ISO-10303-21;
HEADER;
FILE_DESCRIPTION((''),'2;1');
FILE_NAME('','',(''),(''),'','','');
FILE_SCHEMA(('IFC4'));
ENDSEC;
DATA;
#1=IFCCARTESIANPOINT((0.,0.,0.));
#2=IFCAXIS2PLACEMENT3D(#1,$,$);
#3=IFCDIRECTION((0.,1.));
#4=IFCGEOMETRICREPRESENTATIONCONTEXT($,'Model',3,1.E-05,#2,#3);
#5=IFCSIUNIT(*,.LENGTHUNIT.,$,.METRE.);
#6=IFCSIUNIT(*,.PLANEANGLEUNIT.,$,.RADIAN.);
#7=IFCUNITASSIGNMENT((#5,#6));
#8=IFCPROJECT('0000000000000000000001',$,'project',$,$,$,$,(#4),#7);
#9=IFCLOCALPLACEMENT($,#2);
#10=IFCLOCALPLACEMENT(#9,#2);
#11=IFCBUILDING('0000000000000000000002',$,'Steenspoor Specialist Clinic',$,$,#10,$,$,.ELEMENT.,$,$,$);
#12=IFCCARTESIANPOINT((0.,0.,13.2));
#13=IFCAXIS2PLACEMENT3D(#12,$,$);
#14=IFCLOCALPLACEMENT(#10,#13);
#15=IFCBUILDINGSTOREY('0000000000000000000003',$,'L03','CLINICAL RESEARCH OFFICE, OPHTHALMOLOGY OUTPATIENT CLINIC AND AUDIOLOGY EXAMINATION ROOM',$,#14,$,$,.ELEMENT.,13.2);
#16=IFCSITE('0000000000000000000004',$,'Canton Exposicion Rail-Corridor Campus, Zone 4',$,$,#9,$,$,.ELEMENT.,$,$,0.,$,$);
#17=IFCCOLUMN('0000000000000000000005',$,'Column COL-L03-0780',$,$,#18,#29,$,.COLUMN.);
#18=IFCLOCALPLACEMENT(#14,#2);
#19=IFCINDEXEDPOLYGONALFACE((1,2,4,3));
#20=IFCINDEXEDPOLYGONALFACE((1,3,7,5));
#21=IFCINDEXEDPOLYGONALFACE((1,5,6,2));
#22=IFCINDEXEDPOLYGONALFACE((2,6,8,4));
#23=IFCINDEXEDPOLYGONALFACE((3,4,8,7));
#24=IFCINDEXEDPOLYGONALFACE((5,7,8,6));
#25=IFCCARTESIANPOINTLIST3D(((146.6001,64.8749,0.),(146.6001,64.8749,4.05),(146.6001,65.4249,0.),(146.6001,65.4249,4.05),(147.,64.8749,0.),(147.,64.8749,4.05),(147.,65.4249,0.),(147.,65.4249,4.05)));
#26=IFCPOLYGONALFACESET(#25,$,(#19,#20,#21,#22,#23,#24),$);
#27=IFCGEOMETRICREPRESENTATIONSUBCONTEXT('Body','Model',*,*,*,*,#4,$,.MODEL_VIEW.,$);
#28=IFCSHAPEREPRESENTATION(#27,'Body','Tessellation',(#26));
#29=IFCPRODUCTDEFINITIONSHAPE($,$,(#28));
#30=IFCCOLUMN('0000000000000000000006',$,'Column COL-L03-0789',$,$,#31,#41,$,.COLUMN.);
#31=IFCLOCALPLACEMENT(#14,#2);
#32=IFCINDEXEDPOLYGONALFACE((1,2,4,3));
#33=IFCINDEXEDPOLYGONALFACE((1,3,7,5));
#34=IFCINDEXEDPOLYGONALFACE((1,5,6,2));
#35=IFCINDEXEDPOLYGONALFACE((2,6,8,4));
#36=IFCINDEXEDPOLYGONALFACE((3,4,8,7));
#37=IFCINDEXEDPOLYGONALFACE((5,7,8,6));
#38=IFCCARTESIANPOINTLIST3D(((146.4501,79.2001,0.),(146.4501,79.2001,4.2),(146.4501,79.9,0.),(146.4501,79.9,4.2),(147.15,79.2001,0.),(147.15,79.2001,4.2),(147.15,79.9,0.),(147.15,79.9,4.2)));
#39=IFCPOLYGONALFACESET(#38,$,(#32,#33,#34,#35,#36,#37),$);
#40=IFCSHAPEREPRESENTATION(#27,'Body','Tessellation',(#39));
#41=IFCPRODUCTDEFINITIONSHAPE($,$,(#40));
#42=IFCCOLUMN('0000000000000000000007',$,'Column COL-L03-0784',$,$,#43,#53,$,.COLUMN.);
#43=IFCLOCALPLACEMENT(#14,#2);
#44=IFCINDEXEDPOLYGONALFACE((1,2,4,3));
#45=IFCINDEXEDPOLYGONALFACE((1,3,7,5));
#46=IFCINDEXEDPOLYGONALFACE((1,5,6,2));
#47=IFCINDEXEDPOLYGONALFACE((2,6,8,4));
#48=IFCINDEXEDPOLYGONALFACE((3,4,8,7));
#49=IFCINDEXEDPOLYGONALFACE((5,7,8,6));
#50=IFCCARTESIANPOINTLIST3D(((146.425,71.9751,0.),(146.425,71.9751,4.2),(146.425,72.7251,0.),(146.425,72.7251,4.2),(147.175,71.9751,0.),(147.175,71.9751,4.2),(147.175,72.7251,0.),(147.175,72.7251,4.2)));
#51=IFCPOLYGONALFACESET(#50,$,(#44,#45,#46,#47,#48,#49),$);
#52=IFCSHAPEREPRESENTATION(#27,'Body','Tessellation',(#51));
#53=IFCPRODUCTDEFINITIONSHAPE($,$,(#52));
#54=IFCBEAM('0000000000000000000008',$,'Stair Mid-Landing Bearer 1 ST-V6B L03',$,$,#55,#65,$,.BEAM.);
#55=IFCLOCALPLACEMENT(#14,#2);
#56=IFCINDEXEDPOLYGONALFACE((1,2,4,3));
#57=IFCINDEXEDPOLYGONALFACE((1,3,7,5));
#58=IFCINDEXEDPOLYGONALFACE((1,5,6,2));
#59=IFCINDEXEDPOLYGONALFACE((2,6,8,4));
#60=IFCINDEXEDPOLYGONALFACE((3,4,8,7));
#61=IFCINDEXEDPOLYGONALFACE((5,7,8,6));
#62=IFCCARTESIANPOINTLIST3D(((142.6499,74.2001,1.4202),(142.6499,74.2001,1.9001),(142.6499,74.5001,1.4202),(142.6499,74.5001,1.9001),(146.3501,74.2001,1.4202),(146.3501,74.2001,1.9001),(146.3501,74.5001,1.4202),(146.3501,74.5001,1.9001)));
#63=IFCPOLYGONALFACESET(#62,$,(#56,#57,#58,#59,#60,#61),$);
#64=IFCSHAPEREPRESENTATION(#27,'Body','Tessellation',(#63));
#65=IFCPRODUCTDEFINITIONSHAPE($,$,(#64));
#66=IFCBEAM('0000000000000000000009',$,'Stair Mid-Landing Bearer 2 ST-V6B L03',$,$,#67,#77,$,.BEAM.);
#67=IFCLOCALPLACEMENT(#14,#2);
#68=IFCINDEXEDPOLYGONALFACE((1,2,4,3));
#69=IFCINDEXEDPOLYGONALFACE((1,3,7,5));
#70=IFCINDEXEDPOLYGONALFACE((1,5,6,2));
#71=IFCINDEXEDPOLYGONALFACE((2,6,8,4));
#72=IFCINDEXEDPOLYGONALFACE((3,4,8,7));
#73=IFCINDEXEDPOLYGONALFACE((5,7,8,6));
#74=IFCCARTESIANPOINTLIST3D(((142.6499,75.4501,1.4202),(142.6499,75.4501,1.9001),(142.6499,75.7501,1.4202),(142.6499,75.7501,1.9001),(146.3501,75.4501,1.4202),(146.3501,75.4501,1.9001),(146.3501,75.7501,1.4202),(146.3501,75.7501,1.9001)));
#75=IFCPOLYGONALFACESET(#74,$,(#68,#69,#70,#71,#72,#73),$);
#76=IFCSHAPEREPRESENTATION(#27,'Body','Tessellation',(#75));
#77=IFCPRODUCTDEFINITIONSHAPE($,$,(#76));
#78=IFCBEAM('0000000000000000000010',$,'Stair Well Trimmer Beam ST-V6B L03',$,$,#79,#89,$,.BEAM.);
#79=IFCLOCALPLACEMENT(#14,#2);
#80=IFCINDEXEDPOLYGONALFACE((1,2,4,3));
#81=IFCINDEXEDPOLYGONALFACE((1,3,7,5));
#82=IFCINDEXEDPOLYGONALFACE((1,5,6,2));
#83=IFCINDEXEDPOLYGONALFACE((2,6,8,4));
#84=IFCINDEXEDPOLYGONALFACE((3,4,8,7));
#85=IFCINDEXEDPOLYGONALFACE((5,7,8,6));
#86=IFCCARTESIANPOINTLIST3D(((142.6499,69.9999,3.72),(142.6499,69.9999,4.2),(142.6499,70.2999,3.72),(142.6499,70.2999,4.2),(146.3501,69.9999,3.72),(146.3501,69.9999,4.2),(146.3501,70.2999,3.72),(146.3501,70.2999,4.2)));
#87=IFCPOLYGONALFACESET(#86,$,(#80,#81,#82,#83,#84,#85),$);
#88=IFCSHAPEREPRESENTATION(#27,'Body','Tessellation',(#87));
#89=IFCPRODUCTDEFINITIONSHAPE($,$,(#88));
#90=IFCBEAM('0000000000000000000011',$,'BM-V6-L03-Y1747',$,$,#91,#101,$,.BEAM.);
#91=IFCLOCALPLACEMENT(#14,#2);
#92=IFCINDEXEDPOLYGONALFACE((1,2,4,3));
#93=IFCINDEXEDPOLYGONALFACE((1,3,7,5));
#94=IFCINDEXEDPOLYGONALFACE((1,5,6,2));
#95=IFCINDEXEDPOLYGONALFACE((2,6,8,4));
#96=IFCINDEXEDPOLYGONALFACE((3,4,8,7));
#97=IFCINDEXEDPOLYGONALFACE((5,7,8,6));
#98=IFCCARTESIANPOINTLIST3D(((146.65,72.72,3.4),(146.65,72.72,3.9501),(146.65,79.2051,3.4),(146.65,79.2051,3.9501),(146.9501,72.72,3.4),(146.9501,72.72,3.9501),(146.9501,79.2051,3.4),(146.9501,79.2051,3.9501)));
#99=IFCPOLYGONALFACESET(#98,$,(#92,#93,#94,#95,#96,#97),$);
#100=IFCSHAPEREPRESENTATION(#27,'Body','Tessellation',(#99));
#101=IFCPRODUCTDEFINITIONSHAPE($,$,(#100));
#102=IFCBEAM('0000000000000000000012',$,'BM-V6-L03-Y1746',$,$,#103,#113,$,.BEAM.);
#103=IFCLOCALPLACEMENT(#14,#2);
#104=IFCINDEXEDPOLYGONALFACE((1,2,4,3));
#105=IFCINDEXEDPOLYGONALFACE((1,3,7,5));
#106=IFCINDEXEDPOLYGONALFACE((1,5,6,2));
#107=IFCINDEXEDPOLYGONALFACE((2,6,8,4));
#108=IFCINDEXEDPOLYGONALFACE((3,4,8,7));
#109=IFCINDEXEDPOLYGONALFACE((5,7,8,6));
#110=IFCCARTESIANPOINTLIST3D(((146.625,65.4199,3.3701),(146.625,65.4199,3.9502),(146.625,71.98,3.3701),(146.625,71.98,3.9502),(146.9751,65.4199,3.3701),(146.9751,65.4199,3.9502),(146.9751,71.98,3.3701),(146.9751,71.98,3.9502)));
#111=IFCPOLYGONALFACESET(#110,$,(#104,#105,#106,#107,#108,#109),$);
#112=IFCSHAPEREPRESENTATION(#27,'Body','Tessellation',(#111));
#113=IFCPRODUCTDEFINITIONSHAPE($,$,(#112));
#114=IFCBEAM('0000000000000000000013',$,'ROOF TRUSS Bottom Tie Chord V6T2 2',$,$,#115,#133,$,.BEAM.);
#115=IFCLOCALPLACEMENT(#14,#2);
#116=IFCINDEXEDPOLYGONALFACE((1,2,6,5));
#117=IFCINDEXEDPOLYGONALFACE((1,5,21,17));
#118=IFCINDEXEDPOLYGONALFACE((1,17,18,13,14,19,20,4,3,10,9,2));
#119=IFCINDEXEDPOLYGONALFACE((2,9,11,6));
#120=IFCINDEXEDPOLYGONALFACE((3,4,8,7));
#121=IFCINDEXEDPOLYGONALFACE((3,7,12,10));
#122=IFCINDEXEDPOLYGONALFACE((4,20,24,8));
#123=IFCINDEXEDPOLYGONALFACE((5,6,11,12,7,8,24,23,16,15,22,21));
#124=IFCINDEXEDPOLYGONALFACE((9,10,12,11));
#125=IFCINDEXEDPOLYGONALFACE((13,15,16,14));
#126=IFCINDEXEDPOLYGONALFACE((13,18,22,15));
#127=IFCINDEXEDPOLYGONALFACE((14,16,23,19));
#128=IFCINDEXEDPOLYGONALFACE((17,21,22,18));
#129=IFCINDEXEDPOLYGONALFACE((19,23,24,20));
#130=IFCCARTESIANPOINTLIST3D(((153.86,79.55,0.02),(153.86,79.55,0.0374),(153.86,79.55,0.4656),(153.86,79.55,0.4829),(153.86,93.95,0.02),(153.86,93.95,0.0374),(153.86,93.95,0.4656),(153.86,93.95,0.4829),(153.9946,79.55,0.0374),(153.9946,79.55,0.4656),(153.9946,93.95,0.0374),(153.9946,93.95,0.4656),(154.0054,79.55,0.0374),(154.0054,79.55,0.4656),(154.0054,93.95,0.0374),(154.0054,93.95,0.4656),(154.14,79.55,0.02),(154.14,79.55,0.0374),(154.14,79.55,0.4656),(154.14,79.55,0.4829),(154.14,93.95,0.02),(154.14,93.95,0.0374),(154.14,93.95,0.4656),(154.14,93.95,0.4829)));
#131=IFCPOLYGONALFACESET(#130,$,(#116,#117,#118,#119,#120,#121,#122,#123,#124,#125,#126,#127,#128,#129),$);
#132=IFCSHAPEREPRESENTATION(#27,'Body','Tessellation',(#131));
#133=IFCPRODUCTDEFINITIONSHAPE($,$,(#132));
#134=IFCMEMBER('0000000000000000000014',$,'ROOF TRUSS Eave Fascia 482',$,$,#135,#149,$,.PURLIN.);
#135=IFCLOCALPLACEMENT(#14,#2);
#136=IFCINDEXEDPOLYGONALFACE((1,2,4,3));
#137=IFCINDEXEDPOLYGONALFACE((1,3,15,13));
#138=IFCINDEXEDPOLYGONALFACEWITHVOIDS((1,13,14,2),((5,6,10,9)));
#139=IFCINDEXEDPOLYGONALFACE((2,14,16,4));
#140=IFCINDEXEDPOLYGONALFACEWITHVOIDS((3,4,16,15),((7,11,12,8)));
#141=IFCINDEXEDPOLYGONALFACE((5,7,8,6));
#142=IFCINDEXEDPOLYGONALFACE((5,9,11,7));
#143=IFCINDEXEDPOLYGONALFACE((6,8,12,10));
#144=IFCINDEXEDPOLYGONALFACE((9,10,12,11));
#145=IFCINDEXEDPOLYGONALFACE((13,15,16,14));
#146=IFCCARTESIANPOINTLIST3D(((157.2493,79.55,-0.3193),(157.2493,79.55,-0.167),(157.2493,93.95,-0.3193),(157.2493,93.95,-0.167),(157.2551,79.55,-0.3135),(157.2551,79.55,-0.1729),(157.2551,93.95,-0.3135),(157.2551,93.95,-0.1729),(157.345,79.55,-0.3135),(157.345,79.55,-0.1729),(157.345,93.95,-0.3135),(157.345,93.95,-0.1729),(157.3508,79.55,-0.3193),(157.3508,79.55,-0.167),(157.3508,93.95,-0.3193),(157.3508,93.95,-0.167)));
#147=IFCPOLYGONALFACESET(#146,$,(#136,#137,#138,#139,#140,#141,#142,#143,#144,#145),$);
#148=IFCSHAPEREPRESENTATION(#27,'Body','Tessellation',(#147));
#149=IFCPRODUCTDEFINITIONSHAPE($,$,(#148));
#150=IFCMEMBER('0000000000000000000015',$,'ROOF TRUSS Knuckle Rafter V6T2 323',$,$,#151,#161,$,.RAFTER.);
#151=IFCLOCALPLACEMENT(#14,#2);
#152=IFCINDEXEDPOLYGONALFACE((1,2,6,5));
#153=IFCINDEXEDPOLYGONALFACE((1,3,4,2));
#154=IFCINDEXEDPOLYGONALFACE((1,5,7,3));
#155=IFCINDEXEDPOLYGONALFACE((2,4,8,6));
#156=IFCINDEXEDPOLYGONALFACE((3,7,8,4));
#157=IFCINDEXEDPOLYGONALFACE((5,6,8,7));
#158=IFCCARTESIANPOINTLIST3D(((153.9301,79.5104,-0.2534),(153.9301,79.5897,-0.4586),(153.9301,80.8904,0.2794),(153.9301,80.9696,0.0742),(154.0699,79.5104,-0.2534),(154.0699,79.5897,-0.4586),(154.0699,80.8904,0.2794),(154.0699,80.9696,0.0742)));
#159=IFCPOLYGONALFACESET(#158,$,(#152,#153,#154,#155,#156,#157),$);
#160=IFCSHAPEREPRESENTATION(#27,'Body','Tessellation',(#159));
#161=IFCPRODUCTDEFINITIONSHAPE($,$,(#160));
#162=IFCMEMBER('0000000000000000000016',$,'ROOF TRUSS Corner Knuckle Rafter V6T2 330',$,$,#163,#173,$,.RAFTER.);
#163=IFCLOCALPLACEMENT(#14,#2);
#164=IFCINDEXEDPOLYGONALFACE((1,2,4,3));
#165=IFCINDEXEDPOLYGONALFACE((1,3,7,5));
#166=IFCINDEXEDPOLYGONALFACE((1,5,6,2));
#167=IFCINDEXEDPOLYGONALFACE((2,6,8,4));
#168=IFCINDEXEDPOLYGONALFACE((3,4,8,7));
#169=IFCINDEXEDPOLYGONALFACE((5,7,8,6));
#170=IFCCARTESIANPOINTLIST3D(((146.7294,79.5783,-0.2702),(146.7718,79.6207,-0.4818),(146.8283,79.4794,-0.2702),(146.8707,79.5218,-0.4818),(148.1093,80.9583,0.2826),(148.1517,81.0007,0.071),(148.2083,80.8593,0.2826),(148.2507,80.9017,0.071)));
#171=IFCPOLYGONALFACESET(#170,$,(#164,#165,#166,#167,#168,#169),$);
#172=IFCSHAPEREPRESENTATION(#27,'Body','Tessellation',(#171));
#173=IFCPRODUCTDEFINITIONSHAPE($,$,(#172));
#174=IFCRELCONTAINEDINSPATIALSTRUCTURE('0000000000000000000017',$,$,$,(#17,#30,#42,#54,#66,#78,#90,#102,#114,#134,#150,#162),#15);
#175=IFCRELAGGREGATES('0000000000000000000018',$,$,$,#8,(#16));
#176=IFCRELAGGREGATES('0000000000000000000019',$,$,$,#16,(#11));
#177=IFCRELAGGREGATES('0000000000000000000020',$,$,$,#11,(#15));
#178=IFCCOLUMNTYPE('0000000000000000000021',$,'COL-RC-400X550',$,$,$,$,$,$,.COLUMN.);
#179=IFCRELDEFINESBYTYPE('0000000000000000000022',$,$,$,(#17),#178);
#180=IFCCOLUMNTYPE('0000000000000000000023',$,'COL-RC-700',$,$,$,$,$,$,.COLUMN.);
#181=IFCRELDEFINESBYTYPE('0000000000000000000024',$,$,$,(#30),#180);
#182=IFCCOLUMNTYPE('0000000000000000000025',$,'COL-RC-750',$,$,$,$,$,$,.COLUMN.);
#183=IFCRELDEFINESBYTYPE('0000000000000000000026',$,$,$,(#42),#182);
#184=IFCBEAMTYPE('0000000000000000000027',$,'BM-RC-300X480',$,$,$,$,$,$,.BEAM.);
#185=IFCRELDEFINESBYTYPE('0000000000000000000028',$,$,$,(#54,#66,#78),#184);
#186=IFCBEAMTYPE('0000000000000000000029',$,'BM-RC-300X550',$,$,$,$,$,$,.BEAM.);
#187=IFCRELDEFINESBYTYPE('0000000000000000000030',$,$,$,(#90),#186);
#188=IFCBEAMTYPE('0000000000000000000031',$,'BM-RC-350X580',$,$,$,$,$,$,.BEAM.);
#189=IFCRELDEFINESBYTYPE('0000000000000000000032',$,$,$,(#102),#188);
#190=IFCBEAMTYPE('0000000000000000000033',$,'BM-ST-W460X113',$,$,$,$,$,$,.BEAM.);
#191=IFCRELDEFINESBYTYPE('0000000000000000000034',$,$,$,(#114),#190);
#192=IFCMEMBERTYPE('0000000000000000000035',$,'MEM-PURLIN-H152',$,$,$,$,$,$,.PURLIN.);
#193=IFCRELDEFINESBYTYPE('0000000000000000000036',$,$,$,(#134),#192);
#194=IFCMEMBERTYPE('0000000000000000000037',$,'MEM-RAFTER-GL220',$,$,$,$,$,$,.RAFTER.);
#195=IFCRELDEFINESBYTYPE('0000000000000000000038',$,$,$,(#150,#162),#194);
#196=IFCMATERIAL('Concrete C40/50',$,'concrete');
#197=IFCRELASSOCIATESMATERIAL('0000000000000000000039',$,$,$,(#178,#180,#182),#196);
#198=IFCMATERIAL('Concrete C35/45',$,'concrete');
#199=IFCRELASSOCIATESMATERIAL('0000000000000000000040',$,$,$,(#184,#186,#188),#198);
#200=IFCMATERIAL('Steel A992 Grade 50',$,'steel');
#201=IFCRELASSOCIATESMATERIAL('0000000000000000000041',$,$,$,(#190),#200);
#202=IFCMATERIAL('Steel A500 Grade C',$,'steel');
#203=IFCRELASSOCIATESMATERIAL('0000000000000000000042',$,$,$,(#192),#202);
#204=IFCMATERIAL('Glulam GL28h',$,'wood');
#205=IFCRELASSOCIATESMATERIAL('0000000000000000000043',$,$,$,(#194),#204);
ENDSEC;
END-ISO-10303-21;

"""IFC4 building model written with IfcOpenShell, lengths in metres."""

from ifc_helpers import new_model, si_unit, direction, frame, origin, origin_2d, place, context, subcontext, project, spatial, rectangle, hollow_rectangle, i_section, extrude, material, material_profile, profile_set, type_object, element, save


model = new_model("IFC4")

# Units and contexts
model_context = context("Model", 3, precision=1e-05, world=origin(), true_north=direction((0.0, 1.0)))
body_context = subcontext(model_context, "Body", "Model", "MODEL_VIEW")
ifc_project = project(units=[si_unit("LENGTHUNIT", "METRE"), si_unit("PLANEANGLEUNIT", "RADIAN")], contexts=[model_context])

# Site, building, storey
site_placement = place(None, origin())
site = spatial("IfcSite", under=ifc_project, at=site_placement, Name="Canton Exposicion Rail-Corridor Campus, Zone 4", CompositionType="ELEMENT", RefElevation=0.0)
building_placement = place(site_placement, origin())
building = spatial("IfcBuilding", under=site, at=building_placement, Name="Steenspoor Specialist Clinic", CompositionType="ELEMENT")
storey_placement = place(building_placement, frame((0.0, 0.0, 13.2)))
storey = spatial("IfcBuildingStorey", under=building, at=storey_placement, Name="L03", Description="CLINICAL RESEARCH OFFICE, OPHTHALMOLOGY OUTPATIENT CLINIC AND AUDIOLOGY EXAMINATION ROOM", CompositionType="ELEMENT", Elevation=13.2)

# Columns
ifc_material_1 = material(Name="Concrete C40/50", Category="concrete")
ifc_material_profile_1 = material_profile(ifc_material_1, rectangle(XDim=0.3999, YDim=0.55, at=origin_2d()), Name="RC-COL-400X550")
ifc_profile_set_1 = profile_set([ifc_material_profile_1], Name="Concrete C40/50")
column_type_1 = type_object("IfcColumnType", Name="COL-RC-400X550", PredefinedType="COLUMN", material=ifc_profile_set_1)
column_1_placement = place(storey_placement, frame((146.8, 65.1499, 0.0), z_axis=(0.0, 0.0, 1.0), x_axis=(1.0, 0.0, 0.0)))
element("IfcColumn", 1, at=column_1_placement, inside=storey, type_object=column_type_1, Name="Column COL-L03-0780", PredefinedType="COLUMN", context=body_context, shape_type="SweptSolid", body=[
    extrude(rectangle(XDim=0.3999, YDim=0.55, at=origin_2d()), origin(), (0.0, 0.0, 1.0), 4.05),
])
ifc_material_profile_2 = material_profile(ifc_material_1, rectangle(XDim=0.7, YDim=0.7, at=origin_2d()), Name="RC-COL-700X700")
ifc_profile_set_2 = profile_set([ifc_material_profile_2], Name="Concrete C40/50")
column_type_2 = type_object("IfcColumnType", Name="COL-RC-700", PredefinedType="COLUMN", material=ifc_profile_set_2)
column_2_placement = place(storey_placement, frame((146.8, 79.55, 0.0), z_axis=(0.0, 0.0, 1.0), x_axis=(1.0, 0.0, 0.0)))
element("IfcColumn", 2, at=column_2_placement, inside=storey, type_object=column_type_2, Name="Column COL-L03-0789", PredefinedType="COLUMN", context=body_context, shape_type="SweptSolid", body=[
    extrude(rectangle(XDim=0.7, YDim=0.7, at=origin_2d()), origin(), (0.0, 0.0, 1.0), 4.2),
])
ifc_material_profile_3 = material_profile(ifc_material_1, rectangle(XDim=0.75, YDim=0.75, at=origin_2d()), Name="RC-COL-750X750")
ifc_profile_set_3 = profile_set([ifc_material_profile_3], Name="Concrete C40/50")
column_type_3 = type_object("IfcColumnType", Name="COL-RC-750", PredefinedType="COLUMN", material=ifc_profile_set_3)
column_3_placement = place(storey_placement, frame((146.8, 72.3501, 0.0), z_axis=(0.0, 0.0, 1.0), x_axis=(1.0, 0.0, 0.0)))
element("IfcColumn", 3, at=column_3_placement, inside=storey, type_object=column_type_3, Name="Column COL-L03-0784", PredefinedType="COLUMN", context=body_context, shape_type="SweptSolid", body=[
    extrude(rectangle(XDim=0.75, YDim=0.75, at=origin_2d()), origin(), (0.0, 0.0, 1.0), 4.2),
])

# Beams
ifc_material_2 = material(Name="Concrete C35/45", Category="concrete")
ifc_material_profile_4 = material_profile(ifc_material_2, rectangle(XDim=0.3, YDim=0.48, at=origin_2d()), Name="RC-BM-300X480")
ifc_profile_set_4 = profile_set([ifc_material_profile_4], Name="Concrete C35/45")
beam_type_1 = type_object("IfcBeamType", Name="BM-RC-300X480", PredefinedType="BEAM", material=ifc_profile_set_4)
for number, where, z_axis, x_axis, name in (
    (4, (142.6499, 74.3501, 1.6602), (1.0, 0.0, 0.0), (0.0, 1.0, 0.0), "Stair Mid-Landing Bearer 1 ST-V6B L03"),
    (5, (142.6499, 75.6001, 1.6602), (1.0, 0.0, 0.0), (0.0, 1.0, 0.0), "Stair Mid-Landing Bearer 2 ST-V6B L03"),
    (6, (142.6499, 70.1499, 3.96), (1.0, 0.0, 0.0), (0.0, 1.0, 0.0), "Stair Well Trimmer Beam ST-V6B L03"),
):
    element("IfcBeam", number, at=place(storey_placement, frame(where, z_axis=z_axis, x_axis=x_axis)), inside=storey, type_object=beam_type_1, Name=name, PredefinedType="BEAM", context=body_context, shape_type="SweptSolid", body=[
        extrude(rectangle(XDim=0.3, YDim=0.48, at=origin_2d()), origin(), (0.0, 0.0, 1.0), 3.7002),
    ])
ifc_material_profile_5 = material_profile(ifc_material_2, rectangle(XDim=0.3, YDim=0.55, at=origin_2d()), Name="RC-BM-300X550")
ifc_profile_set_5 = profile_set([ifc_material_profile_5], Name="Concrete C35/45")
beam_type_2 = type_object("IfcBeamType", Name="BM-RC-300X550", PredefinedType="BEAM", material=ifc_profile_set_5)
beam_1_placement = place(storey_placement, frame((146.8, 72.72, 3.675), z_axis=(0.0, 1.0, 0.0), x_axis=(-1.0, 0.0, 0.0)))
element("IfcBeam", 7, at=beam_1_placement, inside=storey, type_object=beam_type_2, Name="BM-V6-L03-Y1747", PredefinedType="BEAM", context=body_context, shape_type="SweptSolid", body=[
    extrude(rectangle(XDim=0.3, YDim=0.55, at=origin_2d()), origin(), (0.0, 0.0, 1.0), 6.4851),
])
ifc_material_profile_6 = material_profile(ifc_material_2, rectangle(XDim=0.3501, YDim=0.5801, at=origin_2d()), Name="RC-BM-350X580")
ifc_profile_set_6 = profile_set([ifc_material_profile_6], Name="Concrete C35/45")
beam_type_3 = type_object("IfcBeamType", Name="BM-RC-350X580", PredefinedType="BEAM", material=ifc_profile_set_6)
beam_2_placement = place(storey_placement, frame((146.8, 65.4199, 3.6602), z_axis=(0.0, 1.0, 0.0), x_axis=(-1.0, 0.0, 0.0)))
element("IfcBeam", 8, at=beam_2_placement, inside=storey, type_object=beam_type_3, Name="BM-V6-L03-Y1746", PredefinedType="BEAM", context=body_context, shape_type="SweptSolid", body=[
    extrude(rectangle(XDim=0.3501, YDim=0.5801, at=origin_2d()), origin(), (0.0, 0.0, 1.0), 6.5601),
])
ifc_material_3 = material(Name="Steel A992 Grade 50", Category="steel")
ifc_material_profile_7 = material_profile(ifc_material_3, i_section(OverallWidth=0.28, OverallDepth=0.4629, WebThickness=0.0107, FlangeThickness=0.0173, at=origin_2d()), Name="W460X113")
ifc_profile_set_7 = profile_set([ifc_material_profile_7], Name="Steel A992 Grade 50")
beam_type_4 = type_object("IfcBeamType", Name="BM-ST-W460X113", PredefinedType="BEAM", material=ifc_profile_set_7)
beam_3_placement = place(storey_placement, frame((154.0, 79.55, 0.2515), z_axis=(0.0, 1.0, 0.0), x_axis=(-1.0, 0.0, 0.0)))
element("IfcBeam", 9, at=beam_3_placement, inside=storey, type_object=beam_type_4, Name="ROOF TRUSS Bottom Tie Chord V6T2 2", PredefinedType="BEAM", context=body_context, shape_type="SweptSolid", body=[
    extrude(i_section(OverallWidth=0.28, OverallDepth=0.4629, WebThickness=0.0107, FlangeThickness=0.0173, at=origin_2d()), origin(), (0.0, 0.0, 1.0), 14.3999),
])

# Members
ifc_material_4 = material(Name="Steel A500 Grade C", Category="steel")
ifc_material_profile_8 = material_profile(ifc_material_4, hollow_rectangle(XDim=0.1016, YDim=0.1523, WallThickness=0.0059, at=origin_2d()), Name="HSS152X102X6.4")
ifc_profile_set_8 = profile_set([ifc_material_profile_8], Name="Steel A500 Grade C")
member_type_1 = type_object("IfcMemberType", Name="MEM-PURLIN-H152", PredefinedType="PURLIN", material=ifc_profile_set_8)
member_1_placement = place(storey_placement, frame((157.3, 79.55, -0.2432), z_axis=(0.0, 1.0, 0.0), x_axis=(-1.0, 0.0, 0.0)))
element("IfcMember", 10, at=member_1_placement, inside=storey, type_object=member_type_1, Name="ROOF TRUSS Eave Fascia 482", PredefinedType="PURLIN", context=body_context, shape_type="SweptSolid", body=[
    extrude(hollow_rectangle(XDim=0.1016, YDim=0.1523, WallThickness=0.0059, at=origin_2d()), origin(), (0.0, 0.0, 1.0), 14.3999),
])
ifc_material_5 = material(Name="Glulam GL28h", Category="wood")
ifc_material_profile_9 = material_profile(ifc_material_5, rectangle(XDim=0.1399, YDim=0.22, at=origin_2d()), Name="GL28H-140X220")
ifc_profile_set_9 = profile_set([ifc_material_profile_9], Name="Glulam GL28h")
member_type_2 = type_object("IfcMemberType", Name="MEM-RAFTER-GL220", PredefinedType="RAFTER", material=ifc_profile_set_9)
member_2_placement = place(storey_placement, frame((154.0, 79.55, -0.356), z_axis=(0.0, 0.932894, 0.360151), x_axis=(-1.0, 0.0, 0.0)))
element("IfcMember", 11, at=member_2_placement, inside=storey, type_object=member_type_2, Name="ROOF TRUSS Knuckle Rafter V6T2 323", PredefinedType="RAFTER", context=body_context, shape_type="SweptSolid", body=[
    extrude(rectangle(XDim=0.1399, YDim=0.22, at=origin_2d()), origin(), (0.0, 0.0, 1.0), 1.4792),
])
member_3_placement = place(storey_placement, frame((146.8, 79.55, -0.376), z_axis=(0.680342, 0.680342, 0.272522), x_axis=(-0.707107, 0.707107, 0.0)))
element("IfcMember", 12, at=member_3_placement, inside=storey, type_object=member_type_2, Name="ROOF TRUSS Corner Knuckle Rafter V6T2 330", PredefinedType="RAFTER", context=body_context, shape_type="SweptSolid", body=[
    extrude(rectangle(XDim=0.1399, YDim=0.22, at=origin_2d()), origin(), (0.0, 0.0, 1.0), 2.0283),
])

save(model, "model.ifc")
